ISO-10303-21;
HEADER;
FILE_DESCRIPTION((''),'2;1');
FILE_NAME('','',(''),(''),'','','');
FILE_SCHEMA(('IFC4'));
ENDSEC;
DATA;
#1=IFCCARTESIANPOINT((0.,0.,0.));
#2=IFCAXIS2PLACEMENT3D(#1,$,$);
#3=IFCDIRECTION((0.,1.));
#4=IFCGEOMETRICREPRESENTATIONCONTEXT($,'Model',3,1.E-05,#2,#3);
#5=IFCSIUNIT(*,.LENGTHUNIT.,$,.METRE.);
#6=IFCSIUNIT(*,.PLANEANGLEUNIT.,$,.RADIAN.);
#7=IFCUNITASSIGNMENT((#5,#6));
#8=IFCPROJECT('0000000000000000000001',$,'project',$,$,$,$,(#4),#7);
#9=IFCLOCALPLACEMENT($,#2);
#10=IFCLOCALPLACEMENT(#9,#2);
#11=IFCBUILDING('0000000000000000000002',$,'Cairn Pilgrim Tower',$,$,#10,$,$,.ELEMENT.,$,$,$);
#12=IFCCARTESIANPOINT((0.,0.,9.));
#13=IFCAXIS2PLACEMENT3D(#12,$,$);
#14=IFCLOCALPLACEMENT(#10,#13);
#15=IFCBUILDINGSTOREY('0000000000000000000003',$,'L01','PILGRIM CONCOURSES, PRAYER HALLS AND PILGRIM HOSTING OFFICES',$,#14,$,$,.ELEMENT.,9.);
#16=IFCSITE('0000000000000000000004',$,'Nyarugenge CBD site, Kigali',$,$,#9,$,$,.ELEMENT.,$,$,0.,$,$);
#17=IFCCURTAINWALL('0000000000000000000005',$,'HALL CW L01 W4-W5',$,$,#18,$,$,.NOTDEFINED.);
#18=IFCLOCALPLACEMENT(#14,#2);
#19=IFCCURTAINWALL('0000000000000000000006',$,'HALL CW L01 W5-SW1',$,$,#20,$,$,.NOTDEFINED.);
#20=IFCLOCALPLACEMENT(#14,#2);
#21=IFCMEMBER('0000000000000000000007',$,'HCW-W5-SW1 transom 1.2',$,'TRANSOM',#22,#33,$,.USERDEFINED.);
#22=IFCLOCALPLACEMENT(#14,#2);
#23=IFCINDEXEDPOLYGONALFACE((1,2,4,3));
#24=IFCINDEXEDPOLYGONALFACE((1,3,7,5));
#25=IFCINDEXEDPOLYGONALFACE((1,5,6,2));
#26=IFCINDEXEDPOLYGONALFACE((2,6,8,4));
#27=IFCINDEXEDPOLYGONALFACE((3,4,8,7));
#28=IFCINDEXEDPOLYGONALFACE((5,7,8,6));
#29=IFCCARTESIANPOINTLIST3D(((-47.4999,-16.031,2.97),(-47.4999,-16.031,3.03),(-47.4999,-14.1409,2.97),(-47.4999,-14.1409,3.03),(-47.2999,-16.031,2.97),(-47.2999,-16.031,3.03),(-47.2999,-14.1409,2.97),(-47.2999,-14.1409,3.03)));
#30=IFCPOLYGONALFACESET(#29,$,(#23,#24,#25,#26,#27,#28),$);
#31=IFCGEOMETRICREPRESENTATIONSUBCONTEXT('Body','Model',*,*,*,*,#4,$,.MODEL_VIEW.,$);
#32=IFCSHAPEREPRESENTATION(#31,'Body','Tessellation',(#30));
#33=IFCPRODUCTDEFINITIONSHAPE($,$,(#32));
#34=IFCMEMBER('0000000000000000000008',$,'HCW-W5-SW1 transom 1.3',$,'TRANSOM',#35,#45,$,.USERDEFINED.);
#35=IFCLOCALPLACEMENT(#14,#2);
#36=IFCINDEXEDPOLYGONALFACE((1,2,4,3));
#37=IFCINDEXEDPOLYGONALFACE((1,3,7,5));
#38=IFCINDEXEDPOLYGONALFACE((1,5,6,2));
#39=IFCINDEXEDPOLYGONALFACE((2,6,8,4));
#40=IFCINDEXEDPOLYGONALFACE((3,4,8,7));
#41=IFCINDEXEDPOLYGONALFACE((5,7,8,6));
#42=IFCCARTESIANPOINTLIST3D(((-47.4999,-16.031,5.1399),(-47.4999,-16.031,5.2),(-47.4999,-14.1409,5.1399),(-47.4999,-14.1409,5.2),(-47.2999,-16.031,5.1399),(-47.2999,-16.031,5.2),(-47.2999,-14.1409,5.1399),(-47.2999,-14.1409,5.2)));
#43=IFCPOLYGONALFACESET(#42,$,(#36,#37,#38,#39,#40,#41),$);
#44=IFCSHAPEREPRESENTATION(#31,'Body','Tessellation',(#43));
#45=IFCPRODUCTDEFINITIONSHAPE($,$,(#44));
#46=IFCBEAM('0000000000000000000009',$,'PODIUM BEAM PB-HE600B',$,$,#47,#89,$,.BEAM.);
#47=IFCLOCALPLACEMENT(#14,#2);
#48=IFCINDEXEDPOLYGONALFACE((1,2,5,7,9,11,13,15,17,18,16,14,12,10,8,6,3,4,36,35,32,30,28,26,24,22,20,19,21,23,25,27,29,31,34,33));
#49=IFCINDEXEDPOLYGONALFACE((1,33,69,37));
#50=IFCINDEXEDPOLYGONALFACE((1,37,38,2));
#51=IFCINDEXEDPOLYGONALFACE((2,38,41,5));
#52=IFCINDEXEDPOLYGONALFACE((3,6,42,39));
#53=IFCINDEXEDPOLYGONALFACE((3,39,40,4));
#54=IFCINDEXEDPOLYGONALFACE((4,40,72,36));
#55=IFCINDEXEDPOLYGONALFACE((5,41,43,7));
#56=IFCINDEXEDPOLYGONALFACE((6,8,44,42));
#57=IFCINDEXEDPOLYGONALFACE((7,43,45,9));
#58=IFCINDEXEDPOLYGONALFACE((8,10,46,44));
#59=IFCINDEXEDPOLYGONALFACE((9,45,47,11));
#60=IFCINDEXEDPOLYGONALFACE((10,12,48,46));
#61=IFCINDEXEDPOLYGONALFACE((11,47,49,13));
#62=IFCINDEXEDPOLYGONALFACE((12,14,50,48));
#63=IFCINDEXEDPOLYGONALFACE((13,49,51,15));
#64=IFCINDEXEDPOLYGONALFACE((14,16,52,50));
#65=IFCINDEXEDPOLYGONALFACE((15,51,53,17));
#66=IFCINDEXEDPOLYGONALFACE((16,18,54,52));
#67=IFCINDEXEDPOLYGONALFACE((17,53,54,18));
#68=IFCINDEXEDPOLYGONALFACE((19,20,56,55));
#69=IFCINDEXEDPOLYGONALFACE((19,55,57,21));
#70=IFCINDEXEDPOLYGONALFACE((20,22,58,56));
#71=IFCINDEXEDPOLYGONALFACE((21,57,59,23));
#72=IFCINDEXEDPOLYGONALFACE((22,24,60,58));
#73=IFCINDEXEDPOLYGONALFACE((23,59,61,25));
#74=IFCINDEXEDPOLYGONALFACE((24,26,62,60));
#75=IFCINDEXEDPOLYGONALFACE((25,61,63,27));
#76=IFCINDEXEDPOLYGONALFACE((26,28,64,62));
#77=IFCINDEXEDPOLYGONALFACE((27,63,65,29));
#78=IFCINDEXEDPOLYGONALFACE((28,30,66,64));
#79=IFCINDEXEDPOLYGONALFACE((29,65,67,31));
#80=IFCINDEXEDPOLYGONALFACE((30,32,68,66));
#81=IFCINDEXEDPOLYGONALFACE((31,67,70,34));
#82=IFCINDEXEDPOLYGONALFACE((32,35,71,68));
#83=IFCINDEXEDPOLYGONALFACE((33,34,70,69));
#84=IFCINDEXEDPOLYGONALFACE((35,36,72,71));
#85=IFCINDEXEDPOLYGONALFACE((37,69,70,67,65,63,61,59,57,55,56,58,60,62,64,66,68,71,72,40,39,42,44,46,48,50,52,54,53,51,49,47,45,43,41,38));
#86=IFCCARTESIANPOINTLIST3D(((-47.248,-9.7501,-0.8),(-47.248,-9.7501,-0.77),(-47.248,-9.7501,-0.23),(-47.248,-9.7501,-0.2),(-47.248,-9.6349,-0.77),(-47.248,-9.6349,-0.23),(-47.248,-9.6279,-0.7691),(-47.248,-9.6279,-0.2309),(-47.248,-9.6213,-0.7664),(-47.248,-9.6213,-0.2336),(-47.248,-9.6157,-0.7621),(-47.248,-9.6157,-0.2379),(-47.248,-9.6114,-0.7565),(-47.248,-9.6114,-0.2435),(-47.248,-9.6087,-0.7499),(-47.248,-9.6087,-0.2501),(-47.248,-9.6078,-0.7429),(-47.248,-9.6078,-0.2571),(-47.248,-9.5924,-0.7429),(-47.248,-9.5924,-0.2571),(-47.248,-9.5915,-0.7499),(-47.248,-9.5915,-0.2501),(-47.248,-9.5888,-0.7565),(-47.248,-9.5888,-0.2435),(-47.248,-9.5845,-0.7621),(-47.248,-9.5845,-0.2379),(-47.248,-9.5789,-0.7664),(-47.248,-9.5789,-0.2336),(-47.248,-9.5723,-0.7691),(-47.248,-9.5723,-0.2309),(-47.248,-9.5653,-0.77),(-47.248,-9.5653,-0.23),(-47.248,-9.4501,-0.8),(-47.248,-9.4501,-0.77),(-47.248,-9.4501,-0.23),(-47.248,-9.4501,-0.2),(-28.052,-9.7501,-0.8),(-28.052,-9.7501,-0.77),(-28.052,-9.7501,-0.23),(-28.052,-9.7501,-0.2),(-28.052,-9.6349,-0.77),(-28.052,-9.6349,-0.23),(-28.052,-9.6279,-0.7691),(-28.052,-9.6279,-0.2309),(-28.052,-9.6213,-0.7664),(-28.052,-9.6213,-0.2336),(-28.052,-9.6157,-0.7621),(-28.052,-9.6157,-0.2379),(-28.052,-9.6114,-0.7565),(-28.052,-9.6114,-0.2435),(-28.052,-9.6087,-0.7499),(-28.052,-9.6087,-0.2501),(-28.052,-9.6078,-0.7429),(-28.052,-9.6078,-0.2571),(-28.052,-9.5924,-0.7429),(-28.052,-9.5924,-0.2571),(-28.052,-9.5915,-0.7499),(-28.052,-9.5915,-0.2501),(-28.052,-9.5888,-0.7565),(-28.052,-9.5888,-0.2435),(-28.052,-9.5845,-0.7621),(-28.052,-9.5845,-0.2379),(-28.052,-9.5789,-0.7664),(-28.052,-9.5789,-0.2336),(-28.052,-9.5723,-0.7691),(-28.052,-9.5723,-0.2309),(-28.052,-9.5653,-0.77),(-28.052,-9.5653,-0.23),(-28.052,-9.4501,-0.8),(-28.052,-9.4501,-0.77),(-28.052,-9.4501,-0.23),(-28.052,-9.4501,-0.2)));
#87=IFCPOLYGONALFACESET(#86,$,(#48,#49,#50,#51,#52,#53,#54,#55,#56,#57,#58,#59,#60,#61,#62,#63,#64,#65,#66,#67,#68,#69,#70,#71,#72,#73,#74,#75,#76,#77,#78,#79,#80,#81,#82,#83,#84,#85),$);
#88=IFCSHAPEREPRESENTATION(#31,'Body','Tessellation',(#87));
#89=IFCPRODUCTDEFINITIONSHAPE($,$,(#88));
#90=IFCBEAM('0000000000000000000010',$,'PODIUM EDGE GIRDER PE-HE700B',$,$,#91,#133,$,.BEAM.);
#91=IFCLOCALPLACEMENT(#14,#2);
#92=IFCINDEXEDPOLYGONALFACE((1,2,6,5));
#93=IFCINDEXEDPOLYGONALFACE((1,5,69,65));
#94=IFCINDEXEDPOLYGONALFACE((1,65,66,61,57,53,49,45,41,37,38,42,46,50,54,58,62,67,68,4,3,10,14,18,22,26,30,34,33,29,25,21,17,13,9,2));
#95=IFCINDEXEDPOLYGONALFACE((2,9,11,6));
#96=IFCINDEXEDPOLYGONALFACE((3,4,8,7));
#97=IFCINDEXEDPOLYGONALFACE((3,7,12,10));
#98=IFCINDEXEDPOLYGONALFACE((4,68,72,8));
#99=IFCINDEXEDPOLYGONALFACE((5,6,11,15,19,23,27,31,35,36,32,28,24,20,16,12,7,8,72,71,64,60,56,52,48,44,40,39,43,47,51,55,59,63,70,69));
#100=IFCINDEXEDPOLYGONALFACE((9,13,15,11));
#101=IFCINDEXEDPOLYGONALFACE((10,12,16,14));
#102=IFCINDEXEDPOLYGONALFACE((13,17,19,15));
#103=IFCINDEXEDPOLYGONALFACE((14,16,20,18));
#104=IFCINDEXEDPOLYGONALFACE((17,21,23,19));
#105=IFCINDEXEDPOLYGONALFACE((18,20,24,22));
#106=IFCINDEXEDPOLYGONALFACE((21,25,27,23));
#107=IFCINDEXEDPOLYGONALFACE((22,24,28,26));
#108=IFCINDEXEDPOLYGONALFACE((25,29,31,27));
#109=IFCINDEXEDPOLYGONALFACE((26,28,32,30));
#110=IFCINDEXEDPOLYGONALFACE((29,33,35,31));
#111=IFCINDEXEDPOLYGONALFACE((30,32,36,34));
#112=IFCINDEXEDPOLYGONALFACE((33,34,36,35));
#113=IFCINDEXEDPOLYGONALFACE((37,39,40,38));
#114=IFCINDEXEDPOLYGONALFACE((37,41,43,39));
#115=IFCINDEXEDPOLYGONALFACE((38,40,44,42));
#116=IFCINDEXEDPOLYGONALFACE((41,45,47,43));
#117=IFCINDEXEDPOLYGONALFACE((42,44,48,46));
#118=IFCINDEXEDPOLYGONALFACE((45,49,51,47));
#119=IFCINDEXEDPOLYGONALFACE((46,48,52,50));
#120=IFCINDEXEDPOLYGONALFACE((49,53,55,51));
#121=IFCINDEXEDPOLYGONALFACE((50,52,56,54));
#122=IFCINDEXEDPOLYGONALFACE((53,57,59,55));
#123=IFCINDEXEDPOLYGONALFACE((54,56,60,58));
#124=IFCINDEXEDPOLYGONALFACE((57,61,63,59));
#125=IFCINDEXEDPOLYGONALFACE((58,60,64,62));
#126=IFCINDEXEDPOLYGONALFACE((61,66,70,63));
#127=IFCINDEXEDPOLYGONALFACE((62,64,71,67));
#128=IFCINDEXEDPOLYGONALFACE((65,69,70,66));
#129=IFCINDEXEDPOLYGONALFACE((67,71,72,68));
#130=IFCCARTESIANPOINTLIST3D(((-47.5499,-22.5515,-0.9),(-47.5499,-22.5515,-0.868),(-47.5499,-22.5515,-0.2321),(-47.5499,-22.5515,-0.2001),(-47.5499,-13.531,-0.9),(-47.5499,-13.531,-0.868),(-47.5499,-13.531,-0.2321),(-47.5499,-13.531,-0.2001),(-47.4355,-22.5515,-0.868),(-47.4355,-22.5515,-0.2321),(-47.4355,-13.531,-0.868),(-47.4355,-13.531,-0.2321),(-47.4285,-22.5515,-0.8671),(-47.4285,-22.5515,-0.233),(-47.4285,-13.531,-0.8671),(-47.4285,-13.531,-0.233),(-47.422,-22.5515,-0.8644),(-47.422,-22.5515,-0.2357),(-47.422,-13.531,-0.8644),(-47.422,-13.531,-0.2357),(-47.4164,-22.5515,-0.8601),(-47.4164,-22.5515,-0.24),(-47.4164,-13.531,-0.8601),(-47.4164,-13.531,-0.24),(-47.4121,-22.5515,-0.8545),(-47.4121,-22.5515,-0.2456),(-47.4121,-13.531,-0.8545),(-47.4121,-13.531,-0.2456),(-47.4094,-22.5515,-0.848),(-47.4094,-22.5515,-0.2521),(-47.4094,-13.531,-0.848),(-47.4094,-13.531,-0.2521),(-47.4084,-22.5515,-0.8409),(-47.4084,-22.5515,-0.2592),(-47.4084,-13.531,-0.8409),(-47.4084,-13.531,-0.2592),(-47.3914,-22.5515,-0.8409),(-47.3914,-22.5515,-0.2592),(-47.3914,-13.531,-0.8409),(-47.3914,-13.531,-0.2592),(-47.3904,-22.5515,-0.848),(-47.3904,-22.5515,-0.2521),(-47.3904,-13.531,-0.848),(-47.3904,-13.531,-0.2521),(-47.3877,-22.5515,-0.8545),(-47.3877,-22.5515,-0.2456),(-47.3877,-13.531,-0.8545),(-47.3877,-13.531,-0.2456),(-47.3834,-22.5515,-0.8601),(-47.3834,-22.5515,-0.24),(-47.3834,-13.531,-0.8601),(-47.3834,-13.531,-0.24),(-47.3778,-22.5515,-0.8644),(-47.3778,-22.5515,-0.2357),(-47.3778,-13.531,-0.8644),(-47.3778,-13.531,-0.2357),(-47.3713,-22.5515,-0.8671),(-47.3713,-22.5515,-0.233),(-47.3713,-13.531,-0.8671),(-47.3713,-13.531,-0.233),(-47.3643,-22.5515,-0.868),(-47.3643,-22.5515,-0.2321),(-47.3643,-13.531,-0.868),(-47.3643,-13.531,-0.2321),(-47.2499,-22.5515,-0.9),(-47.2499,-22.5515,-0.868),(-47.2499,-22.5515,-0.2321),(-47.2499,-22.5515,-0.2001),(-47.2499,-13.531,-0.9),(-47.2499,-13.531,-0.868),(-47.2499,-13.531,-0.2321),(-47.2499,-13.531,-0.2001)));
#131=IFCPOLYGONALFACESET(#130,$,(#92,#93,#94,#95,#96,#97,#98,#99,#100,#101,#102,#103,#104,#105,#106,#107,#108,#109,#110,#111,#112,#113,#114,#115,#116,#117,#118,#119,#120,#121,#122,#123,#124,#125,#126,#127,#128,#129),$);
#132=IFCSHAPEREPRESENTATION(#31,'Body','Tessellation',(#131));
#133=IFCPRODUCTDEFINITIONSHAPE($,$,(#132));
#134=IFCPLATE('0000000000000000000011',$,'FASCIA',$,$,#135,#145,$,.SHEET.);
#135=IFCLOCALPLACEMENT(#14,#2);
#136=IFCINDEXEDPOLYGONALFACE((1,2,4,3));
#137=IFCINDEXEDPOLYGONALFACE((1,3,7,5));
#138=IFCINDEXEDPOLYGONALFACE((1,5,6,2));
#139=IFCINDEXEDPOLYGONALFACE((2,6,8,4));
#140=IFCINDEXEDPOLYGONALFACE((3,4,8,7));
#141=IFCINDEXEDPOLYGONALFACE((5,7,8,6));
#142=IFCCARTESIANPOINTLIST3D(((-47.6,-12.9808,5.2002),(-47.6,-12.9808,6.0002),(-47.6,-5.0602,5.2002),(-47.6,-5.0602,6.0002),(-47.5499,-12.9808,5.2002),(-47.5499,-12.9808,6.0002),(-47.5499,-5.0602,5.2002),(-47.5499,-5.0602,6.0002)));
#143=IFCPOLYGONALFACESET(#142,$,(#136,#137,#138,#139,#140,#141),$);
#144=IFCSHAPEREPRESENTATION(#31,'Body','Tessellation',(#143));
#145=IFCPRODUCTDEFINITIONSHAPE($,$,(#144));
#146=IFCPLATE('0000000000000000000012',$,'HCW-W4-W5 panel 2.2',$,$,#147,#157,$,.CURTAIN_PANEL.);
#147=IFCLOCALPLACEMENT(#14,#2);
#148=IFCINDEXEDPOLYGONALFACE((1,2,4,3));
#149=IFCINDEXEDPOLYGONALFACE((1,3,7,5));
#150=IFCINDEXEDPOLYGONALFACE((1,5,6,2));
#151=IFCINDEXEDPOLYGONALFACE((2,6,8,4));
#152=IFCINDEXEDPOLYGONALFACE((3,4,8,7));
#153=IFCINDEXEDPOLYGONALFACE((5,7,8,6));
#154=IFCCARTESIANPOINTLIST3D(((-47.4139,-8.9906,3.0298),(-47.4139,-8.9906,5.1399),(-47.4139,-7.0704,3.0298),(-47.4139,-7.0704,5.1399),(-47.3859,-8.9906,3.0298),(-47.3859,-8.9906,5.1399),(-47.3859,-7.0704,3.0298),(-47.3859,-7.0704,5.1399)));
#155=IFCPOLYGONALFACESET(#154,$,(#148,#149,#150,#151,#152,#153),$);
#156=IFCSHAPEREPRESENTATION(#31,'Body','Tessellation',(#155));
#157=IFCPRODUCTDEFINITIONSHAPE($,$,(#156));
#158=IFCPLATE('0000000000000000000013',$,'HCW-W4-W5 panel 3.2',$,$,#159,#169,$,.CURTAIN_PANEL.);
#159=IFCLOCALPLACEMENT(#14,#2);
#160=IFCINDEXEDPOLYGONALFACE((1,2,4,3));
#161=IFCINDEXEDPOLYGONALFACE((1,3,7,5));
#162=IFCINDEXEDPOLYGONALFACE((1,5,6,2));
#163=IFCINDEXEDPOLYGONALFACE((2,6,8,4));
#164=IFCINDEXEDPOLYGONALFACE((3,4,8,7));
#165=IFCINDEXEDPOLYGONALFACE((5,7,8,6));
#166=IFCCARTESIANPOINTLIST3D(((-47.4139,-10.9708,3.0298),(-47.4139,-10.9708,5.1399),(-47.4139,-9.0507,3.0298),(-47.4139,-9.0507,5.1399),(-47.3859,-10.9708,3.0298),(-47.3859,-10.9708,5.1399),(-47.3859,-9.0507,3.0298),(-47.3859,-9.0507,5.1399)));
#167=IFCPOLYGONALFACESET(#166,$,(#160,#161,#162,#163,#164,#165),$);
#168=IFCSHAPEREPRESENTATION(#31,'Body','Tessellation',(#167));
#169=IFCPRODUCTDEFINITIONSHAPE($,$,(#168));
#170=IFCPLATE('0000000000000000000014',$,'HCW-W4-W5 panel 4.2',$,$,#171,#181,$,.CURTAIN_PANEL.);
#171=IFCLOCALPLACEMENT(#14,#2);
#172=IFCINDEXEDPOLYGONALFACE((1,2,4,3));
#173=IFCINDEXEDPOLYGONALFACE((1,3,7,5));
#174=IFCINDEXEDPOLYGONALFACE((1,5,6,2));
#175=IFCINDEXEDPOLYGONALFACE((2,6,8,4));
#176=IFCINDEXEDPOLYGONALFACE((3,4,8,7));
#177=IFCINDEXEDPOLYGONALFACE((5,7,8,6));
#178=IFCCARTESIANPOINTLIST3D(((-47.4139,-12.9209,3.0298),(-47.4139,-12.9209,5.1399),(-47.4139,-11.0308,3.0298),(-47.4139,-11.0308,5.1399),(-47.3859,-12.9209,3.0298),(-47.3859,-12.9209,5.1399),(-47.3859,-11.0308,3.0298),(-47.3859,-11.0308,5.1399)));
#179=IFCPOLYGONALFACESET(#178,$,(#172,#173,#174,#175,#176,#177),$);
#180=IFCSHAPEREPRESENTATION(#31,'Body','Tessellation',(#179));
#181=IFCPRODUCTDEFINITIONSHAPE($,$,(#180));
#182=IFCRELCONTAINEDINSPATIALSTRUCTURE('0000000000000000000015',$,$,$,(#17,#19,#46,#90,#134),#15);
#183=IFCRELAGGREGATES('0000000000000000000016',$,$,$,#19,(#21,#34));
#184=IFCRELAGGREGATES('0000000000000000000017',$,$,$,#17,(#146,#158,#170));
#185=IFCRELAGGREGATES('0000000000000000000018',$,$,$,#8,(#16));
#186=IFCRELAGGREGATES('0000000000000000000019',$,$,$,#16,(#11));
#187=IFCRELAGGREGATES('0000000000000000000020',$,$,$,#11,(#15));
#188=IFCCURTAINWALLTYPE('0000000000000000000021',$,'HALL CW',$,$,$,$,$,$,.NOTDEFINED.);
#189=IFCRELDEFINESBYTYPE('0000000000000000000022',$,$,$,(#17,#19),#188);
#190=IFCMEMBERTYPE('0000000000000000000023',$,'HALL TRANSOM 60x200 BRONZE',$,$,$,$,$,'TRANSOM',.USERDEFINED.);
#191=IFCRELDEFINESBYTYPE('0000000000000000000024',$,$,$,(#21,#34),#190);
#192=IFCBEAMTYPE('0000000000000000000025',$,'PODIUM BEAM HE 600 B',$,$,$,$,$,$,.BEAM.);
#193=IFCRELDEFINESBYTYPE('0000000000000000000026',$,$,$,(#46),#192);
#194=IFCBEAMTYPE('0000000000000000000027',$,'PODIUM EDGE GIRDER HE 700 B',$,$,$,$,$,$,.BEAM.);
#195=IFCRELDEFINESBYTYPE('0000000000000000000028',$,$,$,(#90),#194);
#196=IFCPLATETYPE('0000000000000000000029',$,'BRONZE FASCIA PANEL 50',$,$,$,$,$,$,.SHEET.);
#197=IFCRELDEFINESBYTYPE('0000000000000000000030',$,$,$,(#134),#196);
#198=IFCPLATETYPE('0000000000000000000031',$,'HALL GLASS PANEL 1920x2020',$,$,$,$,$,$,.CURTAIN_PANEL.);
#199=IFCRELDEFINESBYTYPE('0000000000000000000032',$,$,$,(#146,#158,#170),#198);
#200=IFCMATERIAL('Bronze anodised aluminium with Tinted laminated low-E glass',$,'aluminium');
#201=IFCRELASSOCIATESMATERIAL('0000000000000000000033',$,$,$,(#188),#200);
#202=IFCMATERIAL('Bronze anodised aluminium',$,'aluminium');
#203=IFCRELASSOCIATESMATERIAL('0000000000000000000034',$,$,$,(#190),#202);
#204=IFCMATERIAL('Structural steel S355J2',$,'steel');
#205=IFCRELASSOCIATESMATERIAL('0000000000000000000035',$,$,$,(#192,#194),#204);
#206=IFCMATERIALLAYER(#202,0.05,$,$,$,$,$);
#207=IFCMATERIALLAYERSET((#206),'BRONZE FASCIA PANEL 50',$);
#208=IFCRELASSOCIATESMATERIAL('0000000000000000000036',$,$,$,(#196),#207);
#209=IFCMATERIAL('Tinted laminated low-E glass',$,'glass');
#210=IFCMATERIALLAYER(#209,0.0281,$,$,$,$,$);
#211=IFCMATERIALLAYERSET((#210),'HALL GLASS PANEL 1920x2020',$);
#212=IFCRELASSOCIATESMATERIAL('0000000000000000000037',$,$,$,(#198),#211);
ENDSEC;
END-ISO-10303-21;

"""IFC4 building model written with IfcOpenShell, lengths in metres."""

from ifc_helpers import new_model, si_unit, direction, frame, origin, origin_2d, place, context, subcontext, project, spatial, rectangle, i_section, extrude, material, layer, layer_set, material_profile, profile_set, type_object, element, aggregate, save


model = new_model("IFC4")

# Units and contexts
model_context = context("Model", 3, precision=1e-05, world=origin(), true_north=direction((0.0, 1.0)))
body_context = subcontext(model_context, "Body", "Model", "MODEL_VIEW")
ifc_project = project(units=[si_unit("LENGTHUNIT", "METRE"), si_unit("PLANEANGLEUNIT", "RADIAN")], contexts=[model_context])

# Site, building, storey
site_placement = place(None, origin())
site = spatial("IfcSite", under=ifc_project, at=site_placement, Name="Nyarugenge CBD site, Kigali", CompositionType="ELEMENT", RefElevation=0.0)
building_placement = place(site_placement, origin())
building = spatial("IfcBuilding", under=site, at=building_placement, Name="Cairn Pilgrim Tower", CompositionType="ELEMENT")
storey_placement = place(building_placement, frame((0.0, 0.0, 9.0)))
storey = spatial("IfcBuildingStorey", under=building, at=storey_placement, Name="L01", Description="PILGRIM CONCOURSES, PRAYER HALLS AND PILGRIM HOSTING OFFICES", CompositionType="ELEMENT", Elevation=9.0)

# Curtain wall
ifc_material_1 = material(Name="Bronze anodised aluminium with Tinted laminated low-E glass", Category="aluminium")
curtain_wall_type = type_object("IfcCurtainWallType", Name="HALL CW", PredefinedType="NOTDEFINED", material=ifc_material_1)
curtain_wall_1_placement = place(storey_placement, origin())
curtain_wall_1 = element("IfcCurtainWall", 1, at=curtain_wall_1_placement, inside=storey, type_object=curtain_wall_type, Name="HALL CW L01 W4-W5", PredefinedType="NOTDEFINED")
ifc_material_2 = material(Name="Bronze anodised aluminium", Category="aluminium")

# Curtain wall
curtain_wall_2_placement = place(storey_placement, origin())
curtain_wall_2 = element("IfcCurtainWall", 2, at=curtain_wall_2_placement, inside=storey, type_object=curtain_wall_type, Name="HALL CW L01 W5-SW1", PredefinedType="NOTDEFINED")

# Members
ifc_material_profile_1 = material_profile(ifc_material_2, rectangle(XDim=0.2, YDim=0.0601, at=origin_2d()), Name="HALL TRANSOM 60x200 BRONZE")
ifc_profile_set_1 = profile_set([ifc_material_profile_1], Name="Bronze anodised aluminium")
member_type_1 = type_object("IfcMemberType", Name="HALL TRANSOM 60x200 BRONZE", ElementType="TRANSOM", PredefinedType="USERDEFINED", material=ifc_profile_set_1)
member_1_placement = place(storey_placement, frame((-47.3999, -14.1409, 3.0), z_axis=(0.0, -1.0, 0.0), x_axis=(1.0, 0.0, 0.0)))
member_1 = element("IfcMember", 3, at=member_1_placement, type_object=member_type_1, Name="HCW-W5-SW1 transom 1.2", ObjectType="TRANSOM", PredefinedType="USERDEFINED", context=body_context, shape_type="SweptSolid", body=[
    extrude(rectangle(XDim=0.2, YDim=0.0601, at=origin_2d()), origin(), (0.0, 0.0, 1.0), 1.8901),
])
member_2_placement = place(storey_placement, frame((-47.3999, -14.1409, 5.1699), z_axis=(0.0, -1.0, 0.0), x_axis=(1.0, 0.0, 0.0)))
member_2 = element("IfcMember", 4, at=member_2_placement, type_object=member_type_1, Name="HCW-W5-SW1 transom 1.3", ObjectType="TRANSOM", PredefinedType="USERDEFINED", context=body_context, shape_type="SweptSolid", body=[
    extrude(rectangle(XDim=0.2, YDim=0.0601, at=origin_2d()), origin(), (0.0, 0.0, 1.0), 1.8901),
])
aggregate(curtain_wall_2, [member_1, member_2])

# Beams
ifc_material_3 = material(Name="Structural steel S355J2", Category="steel")
ifc_material_profile_2 = material_profile(ifc_material_3, i_section(OverallWidth=0.3, OverallDepth=0.6001, WebThickness=0.0154, FlangeThickness=0.03, FilletRadius=0.0271, at=origin_2d()), Name="HEB 600")
ifc_profile_set_2 = profile_set([ifc_material_profile_2], Name="Structural steel S355J2")
beam_type_1 = type_object("IfcBeamType", Name="PODIUM BEAM HE 600 B", PredefinedType="BEAM", material=ifc_profile_set_2)
beam_1_placement = place(storey_placement, frame((-47.248, -9.6001, -0.5), z_axis=(1.0, 0.0, 0.0), x_axis=(0.0, 1.0, 0.0)))
element("IfcBeam", 5, at=beam_1_placement, inside=storey, type_object=beam_type_1, Name="PODIUM BEAM PB-HE600B", PredefinedType="BEAM", context=body_context, shape_type="SweptSolid", body=[
    extrude(i_section(OverallWidth=0.3, OverallDepth=0.6001, WebThickness=0.0154, FlangeThickness=0.03, FilletRadius=0.0271, at=origin_2d()), origin(), (0.0, 0.0, 1.0), 19.196),
])
ifc_material_profile_3 = material_profile(ifc_material_3, i_section(OverallWidth=0.3, OverallDepth=0.7, WebThickness=0.0171, FlangeThickness=0.032, FilletRadius=0.0271, at=origin_2d()), Name="HEB 700")
ifc_profile_set_3 = profile_set([ifc_material_profile_3], Name="Structural steel S355J2")
beam_type_2 = type_object("IfcBeamType", Name="PODIUM EDGE GIRDER HE 700 B", PredefinedType="BEAM", material=ifc_profile_set_3)
beam_2_placement = place(storey_placement, frame((-47.3999, -13.531, -0.55), z_axis=(0.0, -1.0, 0.0), x_axis=(1.0, 0.0, 0.0)))
element("IfcBeam", 6, at=beam_2_placement, inside=storey, type_object=beam_type_2, Name="PODIUM EDGE GIRDER PE-HE700B", PredefinedType="BEAM", context=body_context, shape_type="SweptSolid", body=[
    extrude(i_section(OverallWidth=0.3, OverallDepth=0.7, WebThickness=0.0171, FlangeThickness=0.032, FilletRadius=0.0271, at=origin_2d()), origin(), (0.0, 0.0, 1.0), 9.0205),
])

# Plates
ifc_layer_1 = layer(ifc_material_2, 0.05)
ifc_layer_set_1 = layer_set([ifc_layer_1], Name="BRONZE FASCIA PANEL 50")
plate_type_1 = type_object("IfcPlateType", Name="BRONZE FASCIA PANEL 50", PredefinedType="SHEET", material=ifc_layer_set_1)
plate_1_placement = place(storey_placement, frame((-47.575, -9.0205, 5.2002), z_axis=(0.0, 0.0, 1.0), x_axis=(0.0, -1.0, 0.0)))
element("IfcPlate", 7, at=plate_1_placement, inside=storey, type_object=plate_type_1, Name="FASCIA", PredefinedType="SHEET", context=body_context, shape_type="SweptSolid", body=[
    extrude(rectangle(XDim=7.9207, YDim=0.05, at=origin_2d()), origin(), (0.0, 0.0, 1.0), 0.8),
])
ifc_material_4 = material(Name="Tinted laminated low-E glass", Category="glass")
ifc_layer_2 = layer(ifc_material_4, 0.0281)
ifc_layer_set_2 = layer_set([ifc_layer_2], Name="HALL GLASS PANEL 1920x2020")
plate_type_2 = type_object("IfcPlateType", Name="HALL GLASS PANEL 1920x2020", PredefinedType="CURTAIN_PANEL", material=ifc_layer_set_2)
plate_2_placement = place(storey_placement, frame((-47.3999, -8.0305, 3.0298), z_axis=(0.0, 0.0, 1.0), x_axis=(0.0, -1.0, 0.0)))
plate_2 = element("IfcPlate", 8, at=plate_2_placement, type_object=plate_type_2, Name="HCW-W4-W5 panel 2.2", PredefinedType="CURTAIN_PANEL", context=body_context, shape_type="SweptSolid", body=[
    extrude(rectangle(XDim=1.9202, YDim=0.0281, at=origin_2d()), origin(), (0.0, 0.0, 1.0), 2.1101),
])
plate_3_placement = place(storey_placement, frame((-47.3999, -10.0107, 3.0298), z_axis=(0.0, 0.0, 1.0), x_axis=(0.0, -1.0, 0.0)))
plate_3 = element("IfcPlate", 9, at=plate_3_placement, type_object=plate_type_2, Name="HCW-W4-W5 panel 3.2", PredefinedType="CURTAIN_PANEL", context=body_context, shape_type="SweptSolid", body=[
    extrude(rectangle(XDim=1.9202, YDim=0.0281, at=origin_2d()), origin(), (0.0, 0.0, 1.0), 2.1101),
])
plate_4_placement = place(storey_placement, frame((-47.3999, -11.9758, 3.0298), z_axis=(0.0, 0.0, 1.0), x_axis=(0.0, -1.0, 0.0)))
plate_4 = element("IfcPlate", 10, at=plate_4_placement, type_object=plate_type_2, Name="HCW-W4-W5 panel 4.2", PredefinedType="CURTAIN_PANEL", context=body_context, shape_type="SweptSolid", body=[
    extrude(rectangle(XDim=1.8901, YDim=0.0281, at=origin_2d()), origin(), (0.0, 0.0, 1.0), 2.1101),
])
aggregate(curtain_wall_1, [plate_2, plate_3, plate_4])

save(model, "model.ifc")
